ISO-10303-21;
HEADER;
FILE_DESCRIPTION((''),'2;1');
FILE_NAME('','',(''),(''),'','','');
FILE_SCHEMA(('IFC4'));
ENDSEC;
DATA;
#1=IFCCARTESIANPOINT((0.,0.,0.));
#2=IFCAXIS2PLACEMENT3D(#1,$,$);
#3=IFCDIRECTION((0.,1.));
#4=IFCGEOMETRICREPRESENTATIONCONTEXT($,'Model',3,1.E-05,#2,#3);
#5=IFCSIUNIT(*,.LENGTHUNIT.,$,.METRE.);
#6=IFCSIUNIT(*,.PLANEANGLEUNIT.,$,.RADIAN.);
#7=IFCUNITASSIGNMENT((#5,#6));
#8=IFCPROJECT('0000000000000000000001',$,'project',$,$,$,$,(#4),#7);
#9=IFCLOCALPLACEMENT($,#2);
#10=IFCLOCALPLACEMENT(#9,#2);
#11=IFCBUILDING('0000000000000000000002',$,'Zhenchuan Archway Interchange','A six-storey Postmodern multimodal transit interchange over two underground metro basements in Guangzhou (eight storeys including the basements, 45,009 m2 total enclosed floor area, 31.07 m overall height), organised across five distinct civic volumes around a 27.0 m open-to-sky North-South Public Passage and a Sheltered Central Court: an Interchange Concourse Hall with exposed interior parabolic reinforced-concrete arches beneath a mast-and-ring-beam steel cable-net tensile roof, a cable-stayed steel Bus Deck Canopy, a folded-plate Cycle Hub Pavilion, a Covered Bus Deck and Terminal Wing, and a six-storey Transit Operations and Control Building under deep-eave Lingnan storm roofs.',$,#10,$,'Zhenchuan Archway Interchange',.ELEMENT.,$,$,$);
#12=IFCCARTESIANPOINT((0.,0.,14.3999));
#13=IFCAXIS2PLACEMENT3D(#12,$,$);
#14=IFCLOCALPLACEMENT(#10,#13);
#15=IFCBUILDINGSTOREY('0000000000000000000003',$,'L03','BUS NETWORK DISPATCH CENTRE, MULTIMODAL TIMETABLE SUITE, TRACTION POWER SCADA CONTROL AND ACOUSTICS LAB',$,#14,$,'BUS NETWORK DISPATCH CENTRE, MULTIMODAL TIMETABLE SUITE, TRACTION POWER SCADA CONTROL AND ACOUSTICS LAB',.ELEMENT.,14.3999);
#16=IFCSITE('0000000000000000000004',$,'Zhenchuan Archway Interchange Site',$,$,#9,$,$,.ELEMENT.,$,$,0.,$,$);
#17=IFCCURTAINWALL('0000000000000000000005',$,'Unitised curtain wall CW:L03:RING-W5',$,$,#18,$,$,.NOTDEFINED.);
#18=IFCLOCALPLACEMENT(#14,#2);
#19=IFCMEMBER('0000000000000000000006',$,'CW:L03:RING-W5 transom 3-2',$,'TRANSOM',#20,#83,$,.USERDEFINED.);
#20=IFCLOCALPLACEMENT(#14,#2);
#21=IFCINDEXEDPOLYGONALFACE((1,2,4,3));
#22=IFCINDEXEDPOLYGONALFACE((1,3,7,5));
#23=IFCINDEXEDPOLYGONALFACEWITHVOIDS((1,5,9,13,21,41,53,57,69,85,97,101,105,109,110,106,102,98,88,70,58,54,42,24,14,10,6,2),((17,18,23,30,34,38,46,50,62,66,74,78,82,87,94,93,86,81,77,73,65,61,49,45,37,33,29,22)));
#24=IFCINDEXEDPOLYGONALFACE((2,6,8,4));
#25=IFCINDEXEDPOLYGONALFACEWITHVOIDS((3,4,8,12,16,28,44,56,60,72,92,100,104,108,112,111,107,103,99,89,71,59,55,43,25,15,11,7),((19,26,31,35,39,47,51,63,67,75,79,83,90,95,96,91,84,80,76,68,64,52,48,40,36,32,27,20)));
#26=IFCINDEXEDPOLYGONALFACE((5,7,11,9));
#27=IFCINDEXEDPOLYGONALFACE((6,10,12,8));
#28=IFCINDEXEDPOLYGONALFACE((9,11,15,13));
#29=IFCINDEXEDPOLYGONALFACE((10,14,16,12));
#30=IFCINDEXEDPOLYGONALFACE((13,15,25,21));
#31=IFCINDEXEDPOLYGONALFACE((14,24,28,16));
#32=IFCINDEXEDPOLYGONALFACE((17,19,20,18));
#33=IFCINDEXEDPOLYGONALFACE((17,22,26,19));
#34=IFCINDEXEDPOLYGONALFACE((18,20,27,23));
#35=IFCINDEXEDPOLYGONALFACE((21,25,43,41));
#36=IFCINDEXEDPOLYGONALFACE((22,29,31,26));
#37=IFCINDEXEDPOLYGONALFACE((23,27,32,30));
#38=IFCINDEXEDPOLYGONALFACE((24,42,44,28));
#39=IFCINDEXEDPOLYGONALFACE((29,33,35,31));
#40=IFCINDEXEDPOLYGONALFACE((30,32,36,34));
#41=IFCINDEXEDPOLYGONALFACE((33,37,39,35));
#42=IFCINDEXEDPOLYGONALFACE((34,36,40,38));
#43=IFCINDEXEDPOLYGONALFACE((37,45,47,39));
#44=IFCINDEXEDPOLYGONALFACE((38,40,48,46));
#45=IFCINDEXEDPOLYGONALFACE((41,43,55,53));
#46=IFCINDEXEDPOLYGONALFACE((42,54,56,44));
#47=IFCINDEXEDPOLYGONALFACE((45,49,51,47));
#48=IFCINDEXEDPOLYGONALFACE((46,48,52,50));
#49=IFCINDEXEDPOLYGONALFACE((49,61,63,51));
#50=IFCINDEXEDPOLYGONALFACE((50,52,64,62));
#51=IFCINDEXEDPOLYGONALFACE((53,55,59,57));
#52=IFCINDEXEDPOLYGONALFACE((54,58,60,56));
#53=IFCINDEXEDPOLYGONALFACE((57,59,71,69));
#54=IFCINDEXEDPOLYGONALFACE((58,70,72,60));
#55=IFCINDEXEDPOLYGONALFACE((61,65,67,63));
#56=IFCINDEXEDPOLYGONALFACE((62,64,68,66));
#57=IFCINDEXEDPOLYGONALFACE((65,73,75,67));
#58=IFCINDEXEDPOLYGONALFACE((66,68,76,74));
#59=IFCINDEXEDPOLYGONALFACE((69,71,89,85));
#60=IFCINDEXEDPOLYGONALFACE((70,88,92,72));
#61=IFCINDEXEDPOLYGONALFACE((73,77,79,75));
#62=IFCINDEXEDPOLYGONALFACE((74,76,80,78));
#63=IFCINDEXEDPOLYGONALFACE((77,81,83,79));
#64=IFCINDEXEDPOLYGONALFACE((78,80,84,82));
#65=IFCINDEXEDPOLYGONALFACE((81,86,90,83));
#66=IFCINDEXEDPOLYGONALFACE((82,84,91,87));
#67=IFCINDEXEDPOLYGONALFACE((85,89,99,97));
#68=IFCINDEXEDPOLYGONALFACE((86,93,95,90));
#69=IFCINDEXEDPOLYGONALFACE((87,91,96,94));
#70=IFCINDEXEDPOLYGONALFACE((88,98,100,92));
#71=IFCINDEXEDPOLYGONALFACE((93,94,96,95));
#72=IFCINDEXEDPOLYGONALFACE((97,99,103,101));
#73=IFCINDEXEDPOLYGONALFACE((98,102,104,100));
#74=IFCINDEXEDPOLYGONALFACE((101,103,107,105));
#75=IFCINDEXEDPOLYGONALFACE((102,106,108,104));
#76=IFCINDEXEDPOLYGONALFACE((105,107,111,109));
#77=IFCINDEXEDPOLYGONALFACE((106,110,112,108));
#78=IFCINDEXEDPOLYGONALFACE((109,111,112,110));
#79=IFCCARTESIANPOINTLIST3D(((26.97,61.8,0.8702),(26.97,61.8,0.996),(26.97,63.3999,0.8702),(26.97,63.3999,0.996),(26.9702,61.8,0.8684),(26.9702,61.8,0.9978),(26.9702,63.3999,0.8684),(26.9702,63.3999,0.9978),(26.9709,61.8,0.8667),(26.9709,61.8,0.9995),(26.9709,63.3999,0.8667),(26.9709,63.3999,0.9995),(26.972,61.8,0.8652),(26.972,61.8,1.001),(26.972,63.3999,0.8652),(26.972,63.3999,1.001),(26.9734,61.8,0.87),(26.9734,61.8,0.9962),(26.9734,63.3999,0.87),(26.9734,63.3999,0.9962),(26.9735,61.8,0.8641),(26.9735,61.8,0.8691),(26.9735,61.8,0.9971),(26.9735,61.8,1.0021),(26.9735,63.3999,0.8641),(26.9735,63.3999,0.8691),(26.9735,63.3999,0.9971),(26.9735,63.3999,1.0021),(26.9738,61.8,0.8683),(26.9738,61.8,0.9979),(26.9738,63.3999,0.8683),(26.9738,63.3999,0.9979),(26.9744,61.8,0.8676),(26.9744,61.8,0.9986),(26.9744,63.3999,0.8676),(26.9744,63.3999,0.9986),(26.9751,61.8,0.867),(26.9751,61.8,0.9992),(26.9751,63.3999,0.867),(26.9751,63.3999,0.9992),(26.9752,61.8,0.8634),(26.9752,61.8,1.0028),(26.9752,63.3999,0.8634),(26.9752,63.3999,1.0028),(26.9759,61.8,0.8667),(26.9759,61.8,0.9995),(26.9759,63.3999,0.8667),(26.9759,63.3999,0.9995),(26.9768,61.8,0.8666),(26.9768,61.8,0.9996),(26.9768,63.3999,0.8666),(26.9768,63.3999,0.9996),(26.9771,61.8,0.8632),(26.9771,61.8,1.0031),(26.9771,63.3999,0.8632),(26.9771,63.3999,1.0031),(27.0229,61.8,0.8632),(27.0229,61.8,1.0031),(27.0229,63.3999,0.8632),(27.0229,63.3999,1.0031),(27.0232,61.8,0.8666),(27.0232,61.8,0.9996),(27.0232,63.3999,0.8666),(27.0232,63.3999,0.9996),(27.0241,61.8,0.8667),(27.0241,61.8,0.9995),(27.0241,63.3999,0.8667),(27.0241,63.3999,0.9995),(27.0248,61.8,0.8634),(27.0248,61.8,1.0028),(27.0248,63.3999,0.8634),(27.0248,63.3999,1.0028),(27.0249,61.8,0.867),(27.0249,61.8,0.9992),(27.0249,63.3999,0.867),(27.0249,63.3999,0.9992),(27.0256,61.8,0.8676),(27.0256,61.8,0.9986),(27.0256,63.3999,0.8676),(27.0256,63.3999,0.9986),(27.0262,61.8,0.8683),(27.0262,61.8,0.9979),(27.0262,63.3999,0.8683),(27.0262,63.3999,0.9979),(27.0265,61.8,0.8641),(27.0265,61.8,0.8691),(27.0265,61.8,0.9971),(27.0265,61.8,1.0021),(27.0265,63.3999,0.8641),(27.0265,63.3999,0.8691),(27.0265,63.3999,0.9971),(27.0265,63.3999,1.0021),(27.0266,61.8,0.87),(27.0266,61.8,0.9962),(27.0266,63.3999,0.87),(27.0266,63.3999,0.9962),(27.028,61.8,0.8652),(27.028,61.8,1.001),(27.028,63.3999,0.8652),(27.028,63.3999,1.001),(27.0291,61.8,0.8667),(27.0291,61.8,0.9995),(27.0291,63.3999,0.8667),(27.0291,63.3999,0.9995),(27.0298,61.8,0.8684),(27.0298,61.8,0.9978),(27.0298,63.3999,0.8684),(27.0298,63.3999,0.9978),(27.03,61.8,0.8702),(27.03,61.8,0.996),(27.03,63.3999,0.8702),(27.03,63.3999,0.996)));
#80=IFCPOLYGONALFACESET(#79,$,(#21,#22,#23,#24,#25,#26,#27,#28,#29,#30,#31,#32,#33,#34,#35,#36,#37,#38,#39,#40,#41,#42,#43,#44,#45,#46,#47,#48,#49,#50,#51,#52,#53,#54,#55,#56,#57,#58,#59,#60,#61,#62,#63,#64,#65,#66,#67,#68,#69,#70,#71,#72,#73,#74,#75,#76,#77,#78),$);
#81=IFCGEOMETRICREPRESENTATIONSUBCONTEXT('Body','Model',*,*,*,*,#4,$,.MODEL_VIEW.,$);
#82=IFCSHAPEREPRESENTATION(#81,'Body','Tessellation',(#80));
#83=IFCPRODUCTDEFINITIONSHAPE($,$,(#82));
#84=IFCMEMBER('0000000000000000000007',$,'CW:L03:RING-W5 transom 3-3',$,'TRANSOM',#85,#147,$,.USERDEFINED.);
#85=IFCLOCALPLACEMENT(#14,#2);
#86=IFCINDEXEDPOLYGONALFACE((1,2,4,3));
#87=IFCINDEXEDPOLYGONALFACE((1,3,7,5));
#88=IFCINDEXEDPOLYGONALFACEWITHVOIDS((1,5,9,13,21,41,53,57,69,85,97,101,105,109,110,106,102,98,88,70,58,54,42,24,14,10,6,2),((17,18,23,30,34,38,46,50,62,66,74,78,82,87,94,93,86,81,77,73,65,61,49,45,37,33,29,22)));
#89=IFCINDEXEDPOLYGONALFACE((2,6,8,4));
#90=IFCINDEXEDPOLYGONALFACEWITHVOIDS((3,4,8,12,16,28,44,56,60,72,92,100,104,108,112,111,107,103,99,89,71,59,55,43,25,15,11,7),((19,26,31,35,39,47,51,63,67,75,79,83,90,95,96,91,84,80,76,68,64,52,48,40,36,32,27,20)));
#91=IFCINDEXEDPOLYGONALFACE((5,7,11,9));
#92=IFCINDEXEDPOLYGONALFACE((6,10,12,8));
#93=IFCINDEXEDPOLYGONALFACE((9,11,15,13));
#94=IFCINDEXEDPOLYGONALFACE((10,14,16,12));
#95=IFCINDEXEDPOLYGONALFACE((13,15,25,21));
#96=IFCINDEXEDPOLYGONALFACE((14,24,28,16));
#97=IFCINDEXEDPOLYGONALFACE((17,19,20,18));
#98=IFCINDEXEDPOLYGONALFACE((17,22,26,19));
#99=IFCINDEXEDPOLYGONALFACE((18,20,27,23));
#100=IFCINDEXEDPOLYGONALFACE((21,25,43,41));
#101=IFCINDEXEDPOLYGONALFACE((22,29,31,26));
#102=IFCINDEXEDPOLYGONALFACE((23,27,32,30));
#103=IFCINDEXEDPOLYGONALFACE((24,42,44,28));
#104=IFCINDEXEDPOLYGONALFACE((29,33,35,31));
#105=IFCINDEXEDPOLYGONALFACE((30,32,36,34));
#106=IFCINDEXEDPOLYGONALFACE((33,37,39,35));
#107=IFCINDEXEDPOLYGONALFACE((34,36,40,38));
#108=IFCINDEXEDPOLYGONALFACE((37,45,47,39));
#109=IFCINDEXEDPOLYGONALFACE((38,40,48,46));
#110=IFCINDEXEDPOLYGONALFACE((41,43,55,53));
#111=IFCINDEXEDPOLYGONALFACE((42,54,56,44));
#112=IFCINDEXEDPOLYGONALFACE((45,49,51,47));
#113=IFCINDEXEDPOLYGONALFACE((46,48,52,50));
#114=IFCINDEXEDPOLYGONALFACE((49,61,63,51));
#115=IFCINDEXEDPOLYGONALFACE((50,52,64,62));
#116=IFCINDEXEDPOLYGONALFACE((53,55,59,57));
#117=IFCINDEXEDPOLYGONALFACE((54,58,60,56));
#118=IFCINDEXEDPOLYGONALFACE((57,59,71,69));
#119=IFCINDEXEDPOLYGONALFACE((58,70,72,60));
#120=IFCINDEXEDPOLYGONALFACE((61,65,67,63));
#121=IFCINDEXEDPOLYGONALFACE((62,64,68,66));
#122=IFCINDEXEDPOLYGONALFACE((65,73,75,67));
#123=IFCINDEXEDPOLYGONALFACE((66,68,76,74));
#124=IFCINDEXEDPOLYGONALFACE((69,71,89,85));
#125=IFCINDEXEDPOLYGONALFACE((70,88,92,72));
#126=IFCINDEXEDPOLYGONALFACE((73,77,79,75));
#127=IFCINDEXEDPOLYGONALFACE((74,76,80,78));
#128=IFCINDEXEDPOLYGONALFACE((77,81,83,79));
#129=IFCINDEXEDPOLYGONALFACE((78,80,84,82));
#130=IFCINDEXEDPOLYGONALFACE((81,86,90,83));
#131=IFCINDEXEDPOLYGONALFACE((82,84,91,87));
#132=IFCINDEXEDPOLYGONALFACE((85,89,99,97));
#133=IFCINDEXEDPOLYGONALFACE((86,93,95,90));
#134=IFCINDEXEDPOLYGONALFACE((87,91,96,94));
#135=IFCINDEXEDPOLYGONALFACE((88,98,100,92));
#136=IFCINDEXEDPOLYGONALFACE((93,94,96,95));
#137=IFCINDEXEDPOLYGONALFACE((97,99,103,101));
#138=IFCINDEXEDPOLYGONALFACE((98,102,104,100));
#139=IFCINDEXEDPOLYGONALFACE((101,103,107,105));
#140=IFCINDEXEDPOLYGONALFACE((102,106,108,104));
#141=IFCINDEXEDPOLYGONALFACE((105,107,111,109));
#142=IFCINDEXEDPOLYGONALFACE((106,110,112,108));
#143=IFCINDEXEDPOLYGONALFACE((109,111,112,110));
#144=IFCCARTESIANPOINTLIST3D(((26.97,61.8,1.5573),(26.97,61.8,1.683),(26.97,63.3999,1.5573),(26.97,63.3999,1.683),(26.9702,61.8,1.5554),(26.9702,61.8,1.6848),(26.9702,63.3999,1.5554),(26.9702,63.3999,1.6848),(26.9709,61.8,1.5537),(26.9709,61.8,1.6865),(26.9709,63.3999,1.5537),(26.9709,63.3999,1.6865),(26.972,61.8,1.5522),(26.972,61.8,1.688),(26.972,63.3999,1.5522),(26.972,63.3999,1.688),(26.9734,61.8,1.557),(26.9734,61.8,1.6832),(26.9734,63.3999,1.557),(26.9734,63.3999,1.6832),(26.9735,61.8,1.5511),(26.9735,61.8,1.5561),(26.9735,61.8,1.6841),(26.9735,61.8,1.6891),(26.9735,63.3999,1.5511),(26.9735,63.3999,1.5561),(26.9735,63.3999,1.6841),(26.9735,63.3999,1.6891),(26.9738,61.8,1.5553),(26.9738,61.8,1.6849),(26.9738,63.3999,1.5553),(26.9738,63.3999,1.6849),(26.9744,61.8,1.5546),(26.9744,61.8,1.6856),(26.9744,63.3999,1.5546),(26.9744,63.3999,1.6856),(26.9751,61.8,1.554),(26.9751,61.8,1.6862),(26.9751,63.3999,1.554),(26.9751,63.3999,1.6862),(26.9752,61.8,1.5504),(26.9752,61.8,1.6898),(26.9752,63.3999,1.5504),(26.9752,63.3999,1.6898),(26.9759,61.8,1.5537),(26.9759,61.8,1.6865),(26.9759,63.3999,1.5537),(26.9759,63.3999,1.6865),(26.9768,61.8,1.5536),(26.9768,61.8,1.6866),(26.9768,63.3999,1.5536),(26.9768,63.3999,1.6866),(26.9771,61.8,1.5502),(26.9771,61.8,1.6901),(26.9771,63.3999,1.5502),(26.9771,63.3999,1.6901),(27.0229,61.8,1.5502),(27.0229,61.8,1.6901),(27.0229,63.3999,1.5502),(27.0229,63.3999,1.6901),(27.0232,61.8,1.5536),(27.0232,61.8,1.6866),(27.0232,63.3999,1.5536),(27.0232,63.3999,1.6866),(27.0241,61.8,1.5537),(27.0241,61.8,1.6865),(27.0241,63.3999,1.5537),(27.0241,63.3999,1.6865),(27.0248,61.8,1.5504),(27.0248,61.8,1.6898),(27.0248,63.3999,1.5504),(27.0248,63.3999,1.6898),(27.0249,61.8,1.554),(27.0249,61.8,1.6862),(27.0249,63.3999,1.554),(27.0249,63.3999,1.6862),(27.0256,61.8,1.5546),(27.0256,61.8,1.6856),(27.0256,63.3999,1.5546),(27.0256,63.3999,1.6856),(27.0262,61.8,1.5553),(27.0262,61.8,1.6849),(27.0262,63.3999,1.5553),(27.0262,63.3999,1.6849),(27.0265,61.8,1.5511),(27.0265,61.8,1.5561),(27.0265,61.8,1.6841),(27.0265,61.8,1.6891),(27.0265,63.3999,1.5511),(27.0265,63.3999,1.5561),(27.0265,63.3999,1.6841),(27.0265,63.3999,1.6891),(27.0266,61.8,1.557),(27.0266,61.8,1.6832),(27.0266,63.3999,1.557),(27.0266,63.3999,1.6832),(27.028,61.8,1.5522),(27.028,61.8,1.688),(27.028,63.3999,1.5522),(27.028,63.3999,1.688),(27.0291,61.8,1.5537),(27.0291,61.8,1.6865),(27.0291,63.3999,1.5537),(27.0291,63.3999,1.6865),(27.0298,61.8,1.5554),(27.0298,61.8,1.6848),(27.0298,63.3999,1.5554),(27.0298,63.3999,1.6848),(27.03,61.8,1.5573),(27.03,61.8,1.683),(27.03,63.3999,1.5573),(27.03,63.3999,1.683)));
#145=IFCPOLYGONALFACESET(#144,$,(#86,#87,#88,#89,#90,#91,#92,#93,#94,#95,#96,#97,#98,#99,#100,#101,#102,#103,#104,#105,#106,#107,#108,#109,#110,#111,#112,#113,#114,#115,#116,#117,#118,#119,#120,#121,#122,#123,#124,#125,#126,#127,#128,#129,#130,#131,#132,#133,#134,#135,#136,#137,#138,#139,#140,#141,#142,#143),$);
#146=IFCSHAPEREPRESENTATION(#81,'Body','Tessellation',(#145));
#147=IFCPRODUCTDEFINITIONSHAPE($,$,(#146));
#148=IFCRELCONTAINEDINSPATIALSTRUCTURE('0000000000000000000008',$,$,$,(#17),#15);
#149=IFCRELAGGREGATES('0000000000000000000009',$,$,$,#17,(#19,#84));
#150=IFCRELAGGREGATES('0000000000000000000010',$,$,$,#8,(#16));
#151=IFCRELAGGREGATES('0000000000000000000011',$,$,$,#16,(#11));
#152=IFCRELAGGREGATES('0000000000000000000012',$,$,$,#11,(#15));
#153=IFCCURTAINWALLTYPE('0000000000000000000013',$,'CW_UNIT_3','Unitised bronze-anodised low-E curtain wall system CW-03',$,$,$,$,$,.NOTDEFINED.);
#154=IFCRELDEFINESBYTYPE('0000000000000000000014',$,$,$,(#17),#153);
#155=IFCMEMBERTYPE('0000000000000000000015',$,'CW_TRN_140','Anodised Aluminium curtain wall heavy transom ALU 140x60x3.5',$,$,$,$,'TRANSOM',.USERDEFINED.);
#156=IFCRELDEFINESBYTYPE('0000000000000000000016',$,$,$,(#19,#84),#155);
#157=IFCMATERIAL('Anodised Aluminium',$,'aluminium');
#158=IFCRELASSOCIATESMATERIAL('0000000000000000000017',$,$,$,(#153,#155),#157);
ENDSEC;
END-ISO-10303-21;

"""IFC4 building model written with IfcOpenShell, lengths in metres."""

from ifc_helpers import new_model, si_unit, direction, frame, origin, origin_2d, place, context, subcontext, project, spatial, hollow_rectangle, extrude, material, material_profile, profile_set, type_object, element, aggregate, save


model = new_model("IFC4")

# Units and contexts
model_context = context("Model", 3, precision=1e-05, world=origin(), true_north=direction((0.0, 1.0)))
body_context = subcontext(model_context, "Body", "Model", "MODEL_VIEW")
ifc_project = project(units=[si_unit("LENGTHUNIT", "METRE"), si_unit("PLANEANGLEUNIT", "RADIAN")], contexts=[model_context])

# Site, building, storey
site_placement = place(None, origin())
site = spatial("IfcSite", under=ifc_project, at=site_placement, Name="Zhenchuan Archway Interchange Site", CompositionType="ELEMENT", RefElevation=0.0)
building_placement = place(site_placement, origin())
building = spatial("IfcBuilding", under=site, at=building_placement, Name="Zhenchuan Archway Interchange", Description="A six-storey Postmodern multimodal transit interchange over two underground metro basements in Guangzhou (eight storeys including the basements, 45,009 m2 total enclosed floor area, 31.07 m overall height), organised across five distinct civic volumes around a 27.0 m open-to-sky North-South Public Passage and a Sheltered Central Court: an Interchange Concourse Hall with exposed interior parabolic reinforced-concrete arches beneath a mast-and-ring-beam steel cable-net tensile roof, a cable-stayed steel Bus Deck Canopy, a folded-plate Cycle Hub Pavilion, a Covered Bus Deck and Terminal Wing, and a six-storey Transit Operations and Control Building under deep-eave Lingnan storm roofs.", LongName="Zhenchuan Archway Interchange", CompositionType="ELEMENT")
storey_placement = place(building_placement, frame((0.0, 0.0, 14.3999)))
storey = spatial("IfcBuildingStorey", under=building, at=storey_placement, Name="L03", Description="BUS NETWORK DISPATCH CENTRE, MULTIMODAL TIMETABLE SUITE, TRACTION POWER SCADA CONTROL AND ACOUSTICS LAB", LongName="BUS NETWORK DISPATCH CENTRE, MULTIMODAL TIMETABLE SUITE, TRACTION POWER SCADA CONTROL AND ACOUSTICS LAB", CompositionType="ELEMENT", Elevation=14.3999)

# Curtain wall
ifc_material_1 = material(Name="Anodised Aluminium", Category="aluminium")
curtain_wall_type = type_object("IfcCurtainWallType", Name="CW_UNIT_3", Description="Unitised bronze-anodised low-E curtain wall system CW-03", PredefinedType="NOTDEFINED", material=ifc_material_1)
curtain_wall_1_placement = place(storey_placement, origin())
curtain_wall_1 = element("IfcCurtainWall", 1, at=curtain_wall_1_placement, inside=storey, type_object=curtain_wall_type, Name="Unitised curtain wall CW:L03:RING-W5", PredefinedType="NOTDEFINED")

# Members
ifc_material_profile_1 = material_profile(ifc_material_1, hollow_rectangle(XDim=0.0601, YDim=0.1399, WallThickness=0.0034, InnerFilletRadius=0.0034, OuterFilletRadius=0.0071, at=origin_2d()), Name="ALU 140x60x3.5")
ifc_profile_set_1 = profile_set([ifc_material_profile_1], Name="Anodised Aluminium")
member_type_1 = type_object("IfcMemberType", Name="CW_TRN_140", Description="Anodised Aluminium curtain wall heavy transom ALU 140x60x3.5", ElementType="TRANSOM", PredefinedType="USERDEFINED", material=ifc_profile_set_1)
member_1_placement = place(storey_placement, frame((27.0, 61.8, 0.9331), z_axis=(0.0, 1.0, 0.0), x_axis=(-1.0, 0.0, 0.0)))
member_1 = element("IfcMember", 2, at=member_1_placement, type_object=member_type_1, Name="CW:L03:RING-W5 transom 3-2", ObjectType="TRANSOM", PredefinedType="USERDEFINED", context=body_context, shape_type="SweptSolid", body=[
    extrude(hollow_rectangle(XDim=0.0601, YDim=0.1399, WallThickness=0.0034, InnerFilletRadius=0.0034, OuterFilletRadius=0.0071, at=origin_2d()), origin(), (0.0, 0.0, 1.0), 1.5999),
])
member_2_placement = place(storey_placement, frame((27.0, 61.8, 1.6201), z_axis=(0.0, 1.0, 0.0), x_axis=(-1.0, 0.0, 0.0)))
member_2 = element("IfcMember", 3, at=member_2_placement, type_object=member_type_1, Name="CW:L03:RING-W5 transom 3-3", ObjectType="TRANSOM", PredefinedType="USERDEFINED", context=body_context, shape_type="SweptSolid", body=[
    extrude(hollow_rectangle(XDim=0.0601, YDim=0.1399, WallThickness=0.0034, InnerFilletRadius=0.0034, OuterFilletRadius=0.0071, at=origin_2d()), origin(), (0.0, 0.0, 1.0), 1.5999),
])

aggregate(curtain_wall_1, [member_1, member_2])

save(model, "model.ifc")
